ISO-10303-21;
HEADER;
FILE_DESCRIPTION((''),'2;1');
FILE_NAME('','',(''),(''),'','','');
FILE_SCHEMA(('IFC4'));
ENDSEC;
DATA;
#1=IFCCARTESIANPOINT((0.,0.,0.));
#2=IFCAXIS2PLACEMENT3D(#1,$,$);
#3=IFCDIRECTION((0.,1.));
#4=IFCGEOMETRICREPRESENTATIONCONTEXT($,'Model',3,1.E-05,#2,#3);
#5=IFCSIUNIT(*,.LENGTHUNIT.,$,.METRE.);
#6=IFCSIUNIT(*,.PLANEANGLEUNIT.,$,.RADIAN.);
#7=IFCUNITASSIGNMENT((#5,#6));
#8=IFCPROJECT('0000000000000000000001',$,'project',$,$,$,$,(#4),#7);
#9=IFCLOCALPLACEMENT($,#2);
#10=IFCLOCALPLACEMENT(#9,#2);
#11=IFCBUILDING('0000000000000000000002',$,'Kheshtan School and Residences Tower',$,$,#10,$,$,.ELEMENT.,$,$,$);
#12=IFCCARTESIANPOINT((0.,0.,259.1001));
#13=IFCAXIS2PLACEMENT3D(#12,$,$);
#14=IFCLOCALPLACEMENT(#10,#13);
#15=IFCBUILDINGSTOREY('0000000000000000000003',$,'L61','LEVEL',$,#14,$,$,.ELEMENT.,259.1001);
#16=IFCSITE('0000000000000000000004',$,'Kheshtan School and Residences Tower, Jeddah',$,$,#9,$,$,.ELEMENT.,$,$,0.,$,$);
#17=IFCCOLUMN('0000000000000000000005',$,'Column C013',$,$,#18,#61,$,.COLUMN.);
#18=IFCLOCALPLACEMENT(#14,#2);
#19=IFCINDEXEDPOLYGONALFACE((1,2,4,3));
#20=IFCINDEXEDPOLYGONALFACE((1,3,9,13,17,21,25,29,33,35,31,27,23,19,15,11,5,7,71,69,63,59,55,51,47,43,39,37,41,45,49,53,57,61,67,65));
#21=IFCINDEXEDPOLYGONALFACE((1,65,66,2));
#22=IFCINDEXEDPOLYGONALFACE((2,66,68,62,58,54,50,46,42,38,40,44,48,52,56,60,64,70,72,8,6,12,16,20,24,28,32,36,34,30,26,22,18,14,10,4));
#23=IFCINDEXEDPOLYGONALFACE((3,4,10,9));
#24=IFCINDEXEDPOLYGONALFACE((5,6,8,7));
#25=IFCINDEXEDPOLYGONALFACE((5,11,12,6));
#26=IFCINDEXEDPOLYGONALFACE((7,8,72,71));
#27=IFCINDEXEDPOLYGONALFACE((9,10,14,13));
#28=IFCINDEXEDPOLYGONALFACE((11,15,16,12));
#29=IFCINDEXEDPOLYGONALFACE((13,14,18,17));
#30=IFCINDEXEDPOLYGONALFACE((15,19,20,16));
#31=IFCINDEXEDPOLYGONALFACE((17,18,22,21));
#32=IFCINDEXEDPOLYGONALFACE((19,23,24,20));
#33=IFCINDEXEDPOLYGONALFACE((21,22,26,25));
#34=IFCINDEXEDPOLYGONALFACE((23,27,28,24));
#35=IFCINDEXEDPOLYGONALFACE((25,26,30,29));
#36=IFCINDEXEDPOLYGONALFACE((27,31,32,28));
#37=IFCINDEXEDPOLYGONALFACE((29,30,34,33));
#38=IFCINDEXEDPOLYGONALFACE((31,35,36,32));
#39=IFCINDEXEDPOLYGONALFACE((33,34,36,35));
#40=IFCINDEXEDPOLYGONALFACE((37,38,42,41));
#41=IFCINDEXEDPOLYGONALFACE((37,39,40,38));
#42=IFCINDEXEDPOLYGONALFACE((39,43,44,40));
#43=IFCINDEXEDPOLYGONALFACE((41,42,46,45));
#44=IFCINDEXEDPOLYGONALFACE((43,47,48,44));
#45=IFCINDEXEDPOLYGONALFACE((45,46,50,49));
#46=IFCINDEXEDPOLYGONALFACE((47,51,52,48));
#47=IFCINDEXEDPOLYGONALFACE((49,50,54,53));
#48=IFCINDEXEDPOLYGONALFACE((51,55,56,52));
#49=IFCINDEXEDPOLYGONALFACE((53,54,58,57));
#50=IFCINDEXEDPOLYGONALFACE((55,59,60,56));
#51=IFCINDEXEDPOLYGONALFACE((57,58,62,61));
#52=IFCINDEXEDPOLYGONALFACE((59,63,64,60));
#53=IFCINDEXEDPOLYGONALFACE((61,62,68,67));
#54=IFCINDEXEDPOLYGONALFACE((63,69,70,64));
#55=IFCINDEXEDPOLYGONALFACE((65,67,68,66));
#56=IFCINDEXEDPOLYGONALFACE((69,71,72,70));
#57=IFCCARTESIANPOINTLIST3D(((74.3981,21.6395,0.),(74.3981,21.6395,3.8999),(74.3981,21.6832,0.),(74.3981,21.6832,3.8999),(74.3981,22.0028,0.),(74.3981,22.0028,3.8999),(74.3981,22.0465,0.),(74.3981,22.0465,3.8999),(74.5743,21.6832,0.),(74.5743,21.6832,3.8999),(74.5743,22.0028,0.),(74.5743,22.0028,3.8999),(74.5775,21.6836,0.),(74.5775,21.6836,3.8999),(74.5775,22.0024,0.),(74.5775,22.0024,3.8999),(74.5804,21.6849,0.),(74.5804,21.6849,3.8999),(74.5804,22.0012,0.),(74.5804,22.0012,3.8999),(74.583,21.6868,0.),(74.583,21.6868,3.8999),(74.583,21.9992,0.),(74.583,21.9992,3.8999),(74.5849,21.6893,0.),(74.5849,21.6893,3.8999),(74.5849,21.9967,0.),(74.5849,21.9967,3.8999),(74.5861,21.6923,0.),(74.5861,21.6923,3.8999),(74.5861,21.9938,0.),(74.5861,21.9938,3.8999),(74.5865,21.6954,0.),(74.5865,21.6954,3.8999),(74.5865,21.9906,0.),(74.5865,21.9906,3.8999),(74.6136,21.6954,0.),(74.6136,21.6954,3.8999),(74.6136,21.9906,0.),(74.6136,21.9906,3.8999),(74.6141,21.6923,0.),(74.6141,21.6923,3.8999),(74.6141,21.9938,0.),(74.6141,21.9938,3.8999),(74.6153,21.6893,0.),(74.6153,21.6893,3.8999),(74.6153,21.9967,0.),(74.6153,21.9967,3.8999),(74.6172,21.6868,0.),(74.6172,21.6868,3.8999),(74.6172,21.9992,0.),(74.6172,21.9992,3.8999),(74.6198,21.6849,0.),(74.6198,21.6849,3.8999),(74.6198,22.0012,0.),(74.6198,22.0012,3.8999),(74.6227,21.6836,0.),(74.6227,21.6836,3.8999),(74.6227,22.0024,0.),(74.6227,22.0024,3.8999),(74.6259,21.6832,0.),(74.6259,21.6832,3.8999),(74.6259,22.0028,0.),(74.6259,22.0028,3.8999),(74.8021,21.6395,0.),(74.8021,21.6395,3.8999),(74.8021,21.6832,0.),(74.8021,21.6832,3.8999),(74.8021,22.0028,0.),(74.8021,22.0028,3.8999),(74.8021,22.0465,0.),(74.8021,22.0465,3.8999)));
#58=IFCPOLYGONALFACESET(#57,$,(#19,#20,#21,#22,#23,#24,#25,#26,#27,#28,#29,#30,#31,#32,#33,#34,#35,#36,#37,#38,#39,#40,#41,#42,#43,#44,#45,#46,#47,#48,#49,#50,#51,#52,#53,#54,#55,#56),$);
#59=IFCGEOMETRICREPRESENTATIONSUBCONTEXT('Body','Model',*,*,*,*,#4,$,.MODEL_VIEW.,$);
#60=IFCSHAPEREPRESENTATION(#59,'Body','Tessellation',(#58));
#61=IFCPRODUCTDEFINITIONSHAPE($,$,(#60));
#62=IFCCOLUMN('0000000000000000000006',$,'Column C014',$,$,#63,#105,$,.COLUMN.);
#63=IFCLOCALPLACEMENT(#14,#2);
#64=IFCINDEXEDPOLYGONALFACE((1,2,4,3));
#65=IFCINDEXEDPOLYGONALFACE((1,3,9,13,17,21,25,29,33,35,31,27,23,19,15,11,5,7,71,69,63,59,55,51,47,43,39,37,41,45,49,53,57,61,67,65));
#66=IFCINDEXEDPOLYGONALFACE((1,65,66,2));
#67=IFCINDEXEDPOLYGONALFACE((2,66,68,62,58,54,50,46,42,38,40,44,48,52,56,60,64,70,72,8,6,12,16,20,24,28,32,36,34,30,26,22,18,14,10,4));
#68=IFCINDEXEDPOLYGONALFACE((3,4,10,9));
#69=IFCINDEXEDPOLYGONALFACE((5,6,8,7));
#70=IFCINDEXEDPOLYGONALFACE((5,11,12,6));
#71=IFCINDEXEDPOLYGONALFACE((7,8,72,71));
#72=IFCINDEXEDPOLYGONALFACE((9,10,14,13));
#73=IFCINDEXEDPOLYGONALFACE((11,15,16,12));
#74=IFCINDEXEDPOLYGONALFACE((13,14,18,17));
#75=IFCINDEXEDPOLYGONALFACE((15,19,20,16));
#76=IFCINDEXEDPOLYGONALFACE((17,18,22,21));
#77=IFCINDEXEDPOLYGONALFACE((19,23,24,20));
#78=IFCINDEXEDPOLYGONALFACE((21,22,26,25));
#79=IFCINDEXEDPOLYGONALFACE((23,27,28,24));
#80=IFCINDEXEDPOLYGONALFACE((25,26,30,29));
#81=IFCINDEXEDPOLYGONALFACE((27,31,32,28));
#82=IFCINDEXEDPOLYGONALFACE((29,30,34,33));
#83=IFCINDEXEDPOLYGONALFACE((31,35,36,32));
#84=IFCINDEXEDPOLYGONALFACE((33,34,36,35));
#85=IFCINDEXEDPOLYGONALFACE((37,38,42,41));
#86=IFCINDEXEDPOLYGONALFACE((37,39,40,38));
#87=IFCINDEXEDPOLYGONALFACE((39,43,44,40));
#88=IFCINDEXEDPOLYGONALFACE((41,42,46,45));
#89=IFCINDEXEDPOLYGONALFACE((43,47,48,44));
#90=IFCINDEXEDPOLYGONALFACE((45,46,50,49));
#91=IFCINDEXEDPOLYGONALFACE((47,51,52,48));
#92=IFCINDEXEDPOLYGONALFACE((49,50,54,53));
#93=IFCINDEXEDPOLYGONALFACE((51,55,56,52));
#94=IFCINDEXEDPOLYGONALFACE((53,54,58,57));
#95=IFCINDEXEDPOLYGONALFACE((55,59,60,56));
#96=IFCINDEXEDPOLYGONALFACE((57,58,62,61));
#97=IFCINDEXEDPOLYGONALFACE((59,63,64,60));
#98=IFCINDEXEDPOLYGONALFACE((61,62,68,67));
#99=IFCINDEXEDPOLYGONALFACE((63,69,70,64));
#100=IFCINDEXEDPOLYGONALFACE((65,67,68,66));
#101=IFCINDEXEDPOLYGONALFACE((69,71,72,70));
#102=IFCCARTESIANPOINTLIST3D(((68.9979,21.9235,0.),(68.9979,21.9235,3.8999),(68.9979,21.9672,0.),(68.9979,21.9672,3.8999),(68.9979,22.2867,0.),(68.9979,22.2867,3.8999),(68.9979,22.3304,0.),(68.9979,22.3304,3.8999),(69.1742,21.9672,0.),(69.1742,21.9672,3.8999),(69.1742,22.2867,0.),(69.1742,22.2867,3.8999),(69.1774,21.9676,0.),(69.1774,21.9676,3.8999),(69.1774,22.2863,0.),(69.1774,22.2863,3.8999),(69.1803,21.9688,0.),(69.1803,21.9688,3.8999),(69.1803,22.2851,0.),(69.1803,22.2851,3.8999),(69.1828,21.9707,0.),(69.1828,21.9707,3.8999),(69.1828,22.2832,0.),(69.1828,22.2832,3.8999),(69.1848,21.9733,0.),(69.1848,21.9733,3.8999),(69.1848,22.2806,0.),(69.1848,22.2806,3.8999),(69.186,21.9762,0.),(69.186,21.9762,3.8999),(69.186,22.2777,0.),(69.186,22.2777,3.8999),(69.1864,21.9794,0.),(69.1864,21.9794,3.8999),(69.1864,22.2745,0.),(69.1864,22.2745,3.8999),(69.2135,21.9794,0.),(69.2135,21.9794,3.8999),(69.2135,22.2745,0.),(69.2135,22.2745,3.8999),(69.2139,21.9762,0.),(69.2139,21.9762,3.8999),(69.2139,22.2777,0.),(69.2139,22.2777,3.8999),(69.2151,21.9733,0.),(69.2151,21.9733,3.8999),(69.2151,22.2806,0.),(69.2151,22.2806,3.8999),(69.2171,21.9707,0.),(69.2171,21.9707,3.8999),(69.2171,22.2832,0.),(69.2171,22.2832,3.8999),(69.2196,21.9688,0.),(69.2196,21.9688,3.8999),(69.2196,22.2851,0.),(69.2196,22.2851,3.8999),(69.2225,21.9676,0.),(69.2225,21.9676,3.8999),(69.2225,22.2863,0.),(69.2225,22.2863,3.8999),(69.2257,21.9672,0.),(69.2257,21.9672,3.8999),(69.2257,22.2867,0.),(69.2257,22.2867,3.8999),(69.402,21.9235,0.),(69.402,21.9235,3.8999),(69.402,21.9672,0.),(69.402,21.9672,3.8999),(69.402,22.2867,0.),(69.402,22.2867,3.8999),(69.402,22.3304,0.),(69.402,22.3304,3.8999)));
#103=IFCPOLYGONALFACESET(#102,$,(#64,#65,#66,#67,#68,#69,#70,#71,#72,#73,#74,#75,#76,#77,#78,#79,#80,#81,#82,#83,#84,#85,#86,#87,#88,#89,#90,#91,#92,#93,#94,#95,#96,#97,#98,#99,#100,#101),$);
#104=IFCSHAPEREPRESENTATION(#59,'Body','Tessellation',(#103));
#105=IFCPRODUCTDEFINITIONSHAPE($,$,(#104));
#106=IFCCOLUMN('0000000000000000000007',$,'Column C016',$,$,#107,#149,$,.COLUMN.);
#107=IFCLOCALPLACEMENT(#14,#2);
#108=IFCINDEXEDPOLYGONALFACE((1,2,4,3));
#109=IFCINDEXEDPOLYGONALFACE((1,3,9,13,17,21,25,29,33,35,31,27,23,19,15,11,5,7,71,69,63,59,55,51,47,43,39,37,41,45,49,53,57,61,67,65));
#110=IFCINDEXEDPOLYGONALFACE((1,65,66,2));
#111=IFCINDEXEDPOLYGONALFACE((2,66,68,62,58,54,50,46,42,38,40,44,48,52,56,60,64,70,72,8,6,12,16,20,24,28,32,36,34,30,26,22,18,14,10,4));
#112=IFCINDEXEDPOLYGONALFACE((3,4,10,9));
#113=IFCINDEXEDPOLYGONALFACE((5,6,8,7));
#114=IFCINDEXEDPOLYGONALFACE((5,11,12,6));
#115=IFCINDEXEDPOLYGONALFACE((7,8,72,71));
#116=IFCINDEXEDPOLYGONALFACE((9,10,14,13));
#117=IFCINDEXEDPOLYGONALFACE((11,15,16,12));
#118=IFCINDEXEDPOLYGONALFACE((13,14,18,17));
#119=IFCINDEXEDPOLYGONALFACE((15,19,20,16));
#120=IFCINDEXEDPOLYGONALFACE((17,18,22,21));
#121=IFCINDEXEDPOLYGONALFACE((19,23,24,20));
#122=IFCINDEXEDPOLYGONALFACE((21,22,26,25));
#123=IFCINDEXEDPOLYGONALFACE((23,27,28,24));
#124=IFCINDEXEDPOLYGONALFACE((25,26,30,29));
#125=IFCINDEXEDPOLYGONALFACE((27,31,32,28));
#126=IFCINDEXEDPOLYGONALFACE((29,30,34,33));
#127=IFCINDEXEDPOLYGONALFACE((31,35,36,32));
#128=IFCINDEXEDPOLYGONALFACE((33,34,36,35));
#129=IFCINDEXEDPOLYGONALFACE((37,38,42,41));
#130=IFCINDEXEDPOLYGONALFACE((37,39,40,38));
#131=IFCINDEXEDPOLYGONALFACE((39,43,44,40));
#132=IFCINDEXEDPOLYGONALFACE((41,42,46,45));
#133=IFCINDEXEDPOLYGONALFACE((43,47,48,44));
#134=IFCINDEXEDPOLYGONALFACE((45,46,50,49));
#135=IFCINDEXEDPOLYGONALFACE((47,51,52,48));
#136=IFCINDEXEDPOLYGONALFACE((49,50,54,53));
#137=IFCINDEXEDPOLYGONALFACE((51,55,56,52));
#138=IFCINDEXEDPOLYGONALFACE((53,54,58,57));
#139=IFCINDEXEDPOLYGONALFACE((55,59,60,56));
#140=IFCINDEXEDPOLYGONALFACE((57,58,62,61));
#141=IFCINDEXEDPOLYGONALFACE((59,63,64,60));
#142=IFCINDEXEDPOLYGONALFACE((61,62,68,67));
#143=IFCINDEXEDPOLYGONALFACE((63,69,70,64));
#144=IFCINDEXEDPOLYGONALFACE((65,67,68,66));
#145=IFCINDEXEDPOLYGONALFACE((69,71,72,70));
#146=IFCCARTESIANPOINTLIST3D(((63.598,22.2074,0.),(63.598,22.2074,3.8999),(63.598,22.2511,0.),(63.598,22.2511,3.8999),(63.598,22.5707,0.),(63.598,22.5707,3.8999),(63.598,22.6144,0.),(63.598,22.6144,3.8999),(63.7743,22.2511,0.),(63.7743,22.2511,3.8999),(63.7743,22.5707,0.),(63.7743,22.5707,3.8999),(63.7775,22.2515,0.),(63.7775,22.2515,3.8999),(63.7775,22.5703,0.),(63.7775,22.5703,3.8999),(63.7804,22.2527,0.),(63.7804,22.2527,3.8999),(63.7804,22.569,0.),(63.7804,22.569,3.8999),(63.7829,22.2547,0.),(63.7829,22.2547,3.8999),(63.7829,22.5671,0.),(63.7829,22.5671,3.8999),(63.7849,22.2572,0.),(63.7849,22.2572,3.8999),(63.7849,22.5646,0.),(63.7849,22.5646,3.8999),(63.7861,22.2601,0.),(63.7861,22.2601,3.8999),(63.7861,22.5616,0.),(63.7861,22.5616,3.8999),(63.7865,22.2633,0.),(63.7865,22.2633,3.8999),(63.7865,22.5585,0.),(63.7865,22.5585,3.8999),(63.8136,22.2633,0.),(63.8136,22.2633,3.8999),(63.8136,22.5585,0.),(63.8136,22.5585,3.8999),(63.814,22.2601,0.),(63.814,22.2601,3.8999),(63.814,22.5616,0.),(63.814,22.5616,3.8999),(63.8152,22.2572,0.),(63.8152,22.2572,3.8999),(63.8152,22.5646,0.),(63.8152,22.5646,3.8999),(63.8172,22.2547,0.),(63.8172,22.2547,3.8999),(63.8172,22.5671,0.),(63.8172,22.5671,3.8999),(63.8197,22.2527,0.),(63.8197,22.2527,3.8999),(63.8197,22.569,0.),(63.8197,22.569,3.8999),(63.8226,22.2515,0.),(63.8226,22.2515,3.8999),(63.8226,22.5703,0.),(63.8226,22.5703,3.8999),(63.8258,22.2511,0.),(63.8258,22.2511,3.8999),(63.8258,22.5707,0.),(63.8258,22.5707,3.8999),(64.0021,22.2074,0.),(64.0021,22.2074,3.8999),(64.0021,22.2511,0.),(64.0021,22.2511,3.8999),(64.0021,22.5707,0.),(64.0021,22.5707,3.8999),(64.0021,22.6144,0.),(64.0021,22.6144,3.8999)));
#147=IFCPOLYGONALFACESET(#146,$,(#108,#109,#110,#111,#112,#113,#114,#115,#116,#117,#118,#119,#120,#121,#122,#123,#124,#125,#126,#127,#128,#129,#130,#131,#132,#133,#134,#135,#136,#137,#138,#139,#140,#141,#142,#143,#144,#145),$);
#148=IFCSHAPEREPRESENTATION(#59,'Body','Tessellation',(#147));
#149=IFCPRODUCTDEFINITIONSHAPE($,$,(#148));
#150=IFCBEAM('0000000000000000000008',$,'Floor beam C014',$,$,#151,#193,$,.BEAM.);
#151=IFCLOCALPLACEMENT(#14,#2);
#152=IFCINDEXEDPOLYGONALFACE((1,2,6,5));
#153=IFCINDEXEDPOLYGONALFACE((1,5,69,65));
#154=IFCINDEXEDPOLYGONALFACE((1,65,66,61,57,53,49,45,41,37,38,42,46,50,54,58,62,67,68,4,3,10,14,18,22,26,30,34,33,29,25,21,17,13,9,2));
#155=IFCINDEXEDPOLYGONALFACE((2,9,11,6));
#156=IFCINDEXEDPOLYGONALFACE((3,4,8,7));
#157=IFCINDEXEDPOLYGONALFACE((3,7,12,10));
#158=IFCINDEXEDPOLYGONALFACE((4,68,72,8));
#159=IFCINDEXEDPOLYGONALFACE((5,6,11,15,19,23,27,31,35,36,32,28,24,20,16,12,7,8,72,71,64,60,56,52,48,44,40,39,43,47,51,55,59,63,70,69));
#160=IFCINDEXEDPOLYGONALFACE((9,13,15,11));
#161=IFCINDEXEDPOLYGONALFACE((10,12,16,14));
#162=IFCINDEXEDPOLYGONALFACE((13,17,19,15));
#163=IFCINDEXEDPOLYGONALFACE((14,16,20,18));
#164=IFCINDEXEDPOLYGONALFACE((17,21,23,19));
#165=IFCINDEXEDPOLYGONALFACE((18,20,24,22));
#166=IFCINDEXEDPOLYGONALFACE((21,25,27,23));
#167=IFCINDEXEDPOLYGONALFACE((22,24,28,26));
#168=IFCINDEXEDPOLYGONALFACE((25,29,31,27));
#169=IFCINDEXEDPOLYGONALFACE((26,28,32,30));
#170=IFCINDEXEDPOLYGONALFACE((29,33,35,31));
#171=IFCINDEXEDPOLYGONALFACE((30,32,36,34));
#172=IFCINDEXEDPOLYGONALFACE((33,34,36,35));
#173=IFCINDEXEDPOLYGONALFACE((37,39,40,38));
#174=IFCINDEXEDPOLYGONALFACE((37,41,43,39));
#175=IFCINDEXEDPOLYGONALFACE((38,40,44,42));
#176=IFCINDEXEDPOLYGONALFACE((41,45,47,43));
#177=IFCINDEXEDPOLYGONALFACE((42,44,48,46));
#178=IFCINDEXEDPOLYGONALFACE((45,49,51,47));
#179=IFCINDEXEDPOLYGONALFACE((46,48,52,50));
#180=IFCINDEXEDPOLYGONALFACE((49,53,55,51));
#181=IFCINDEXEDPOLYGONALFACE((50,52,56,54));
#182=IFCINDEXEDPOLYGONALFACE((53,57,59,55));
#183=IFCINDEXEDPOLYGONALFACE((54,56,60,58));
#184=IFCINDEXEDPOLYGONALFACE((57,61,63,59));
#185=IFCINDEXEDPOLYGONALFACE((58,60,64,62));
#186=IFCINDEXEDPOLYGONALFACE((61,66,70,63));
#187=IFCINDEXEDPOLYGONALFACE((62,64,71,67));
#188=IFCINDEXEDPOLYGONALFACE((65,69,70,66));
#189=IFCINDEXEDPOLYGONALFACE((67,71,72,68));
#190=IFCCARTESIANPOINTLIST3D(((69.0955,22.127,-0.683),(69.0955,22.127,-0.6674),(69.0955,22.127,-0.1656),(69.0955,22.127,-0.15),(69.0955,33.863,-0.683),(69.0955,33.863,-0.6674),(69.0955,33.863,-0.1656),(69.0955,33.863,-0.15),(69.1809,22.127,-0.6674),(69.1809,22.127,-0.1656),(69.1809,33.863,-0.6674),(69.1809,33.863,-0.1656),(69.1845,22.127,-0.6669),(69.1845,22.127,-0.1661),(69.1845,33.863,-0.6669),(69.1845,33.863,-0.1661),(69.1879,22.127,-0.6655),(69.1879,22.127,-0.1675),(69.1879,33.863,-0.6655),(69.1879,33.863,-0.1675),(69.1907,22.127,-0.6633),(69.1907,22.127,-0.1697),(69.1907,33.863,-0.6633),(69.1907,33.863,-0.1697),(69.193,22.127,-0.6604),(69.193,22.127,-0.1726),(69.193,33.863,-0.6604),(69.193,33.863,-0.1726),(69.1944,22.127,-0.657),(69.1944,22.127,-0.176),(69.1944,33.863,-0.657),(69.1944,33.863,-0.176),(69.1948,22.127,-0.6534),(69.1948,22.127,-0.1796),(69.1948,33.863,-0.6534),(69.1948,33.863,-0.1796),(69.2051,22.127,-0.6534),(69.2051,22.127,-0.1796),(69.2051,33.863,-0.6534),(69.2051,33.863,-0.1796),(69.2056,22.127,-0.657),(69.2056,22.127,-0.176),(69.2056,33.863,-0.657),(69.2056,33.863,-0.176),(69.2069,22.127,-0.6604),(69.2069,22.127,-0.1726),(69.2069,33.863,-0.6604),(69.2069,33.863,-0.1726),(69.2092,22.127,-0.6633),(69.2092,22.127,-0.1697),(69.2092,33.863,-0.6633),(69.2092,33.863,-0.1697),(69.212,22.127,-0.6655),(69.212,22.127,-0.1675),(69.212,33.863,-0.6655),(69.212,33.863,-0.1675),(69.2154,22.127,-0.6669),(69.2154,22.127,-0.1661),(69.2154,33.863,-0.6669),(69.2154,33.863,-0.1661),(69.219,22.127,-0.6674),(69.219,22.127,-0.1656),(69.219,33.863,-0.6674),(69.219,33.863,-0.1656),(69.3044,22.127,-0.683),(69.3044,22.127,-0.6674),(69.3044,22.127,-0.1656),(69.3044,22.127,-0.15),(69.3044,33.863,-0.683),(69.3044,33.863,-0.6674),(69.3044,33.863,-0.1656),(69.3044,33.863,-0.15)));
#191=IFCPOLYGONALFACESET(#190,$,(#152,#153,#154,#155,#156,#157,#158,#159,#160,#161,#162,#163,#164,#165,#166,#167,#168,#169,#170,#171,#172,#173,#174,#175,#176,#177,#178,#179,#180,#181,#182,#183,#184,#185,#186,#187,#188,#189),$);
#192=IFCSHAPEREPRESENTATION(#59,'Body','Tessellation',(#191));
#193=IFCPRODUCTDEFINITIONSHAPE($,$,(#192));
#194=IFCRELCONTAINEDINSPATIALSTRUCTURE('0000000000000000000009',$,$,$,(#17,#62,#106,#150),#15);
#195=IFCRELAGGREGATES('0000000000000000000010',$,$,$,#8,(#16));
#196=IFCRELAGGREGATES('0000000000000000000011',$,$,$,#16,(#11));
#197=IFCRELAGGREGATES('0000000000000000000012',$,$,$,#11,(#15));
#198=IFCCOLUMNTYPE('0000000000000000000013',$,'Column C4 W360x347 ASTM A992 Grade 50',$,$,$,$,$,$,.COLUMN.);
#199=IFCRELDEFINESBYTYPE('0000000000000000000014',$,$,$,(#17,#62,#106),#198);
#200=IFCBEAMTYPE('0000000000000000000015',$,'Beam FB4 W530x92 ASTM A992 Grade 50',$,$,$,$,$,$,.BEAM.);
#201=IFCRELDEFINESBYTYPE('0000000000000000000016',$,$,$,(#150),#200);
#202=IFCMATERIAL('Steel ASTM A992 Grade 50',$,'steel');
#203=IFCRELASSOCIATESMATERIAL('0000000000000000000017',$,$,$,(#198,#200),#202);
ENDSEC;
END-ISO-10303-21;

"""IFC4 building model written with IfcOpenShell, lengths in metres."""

from ifc_helpers import new_model, si_unit, direction, frame, origin, origin_2d, place, context, subcontext, project, spatial, i_section, extrude, material, material_profile, profile_set, type_object, element, save


model = new_model("IFC4")

# Units and contexts
model_context = context("Model", 3, precision=1e-05, world=origin(), true_north=direction((0.0, 1.0)))
body_context = subcontext(model_context, "Body", "Model", "MODEL_VIEW")
ifc_project = project(units=[si_unit("LENGTHUNIT", "METRE"), si_unit("PLANEANGLEUNIT", "RADIAN")], contexts=[model_context])

# Site, building, storey
site_placement = place(None, origin())
site = spatial("IfcSite", under=ifc_project, at=site_placement, Name="Kheshtan School and Residences Tower, Jeddah", CompositionType="ELEMENT", RefElevation=0.0)
building_placement = place(site_placement, origin())
building = spatial("IfcBuilding", under=site, at=building_placement, Name="Kheshtan School and Residences Tower", CompositionType="ELEMENT")
storey_placement = place(building_placement, frame((0.0, 0.0, 259.1001)))
storey = spatial("IfcBuildingStorey", under=building, at=storey_placement, Name="L61", Description="LEVEL", CompositionType="ELEMENT", Elevation=259.1001)

# Columns
ifc_material_1 = material(Name="Steel ASTM A992 Grade 50", Category="steel")
ifc_material_profile_1 = material_profile(ifc_material_1, i_section(OverallWidth=0.4041, OverallDepth=0.407, WebThickness=0.0271, FlangeThickness=0.0437, FilletRadius=0.0122, at=origin_2d()), Name="W360x347")
ifc_profile_set_1 = profile_set([ifc_material_profile_1], Name="Steel ASTM A992 Grade 50")
column_type = type_object("IfcColumnType", Name="Column C4 W360x347 ASTM A992 Grade 50", PredefinedType="COLUMN", material=ifc_profile_set_1)
for number, where, z_axis, x_axis, name in (
    (1, (74.6001, 21.843, 0.0), (0.0, 0.0, 1.0), (1.0, 0.0, 0.0), "Column C013"),
    (2, (69.2, 22.127, 0.0), (0.0, 0.0, 1.0), (1.0, 0.0, 0.0), "Column C014"),
    (3, (63.8, 22.4109, 0.0), (0.0, 0.0, 1.0), (1.0, 0.0, 0.0), "Column C016"),
):
    element("IfcColumn", number, at=place(storey_placement, frame(where, z_axis=z_axis, x_axis=x_axis)), inside=storey, type_object=column_type, Name=name, PredefinedType="COLUMN", context=body_context, shape_type="SweptSolid", body=[
        extrude(i_section(OverallWidth=0.4041, OverallDepth=0.407, WebThickness=0.0271, FlangeThickness=0.0437, FilletRadius=0.0122, at=origin_2d()), origin(), (0.0, 0.0, 1.0), 3.8999),
    ])

# Beam
ifc_material_profile_2 = material_profile(ifc_material_1, i_section(OverallWidth=0.209, OverallDepth=0.533, WebThickness=0.0103, FlangeThickness=0.0156, FilletRadius=0.0139, at=origin_2d()), Name="W530x92")
ifc_profile_set_2 = profile_set([ifc_material_profile_2], Name="Steel ASTM A992 Grade 50")
beam_type_1 = type_object("IfcBeamType", Name="Beam FB4 W530x92 ASTM A992 Grade 50", PredefinedType="BEAM", material=ifc_profile_set_2)
beam_1_placement = place(storey_placement, frame((69.2, 22.127, -0.4165), z_axis=(0.0, 1.0, 0.0), x_axis=(-1.0, 0.0, 0.0)))
element("IfcBeam", 4, at=beam_1_placement, inside=storey, type_object=beam_type_1, Name="Floor beam C014", PredefinedType="BEAM", context=body_context, shape_type="SweptSolid", body=[
    extrude(i_section(OverallWidth=0.209, OverallDepth=0.533, WebThickness=0.0103, FlangeThickness=0.0156, FilletRadius=0.0139, at=origin_2d()), origin(), (0.0, 0.0, 1.0), 11.7361),
])

save(model, "model.ifc")
